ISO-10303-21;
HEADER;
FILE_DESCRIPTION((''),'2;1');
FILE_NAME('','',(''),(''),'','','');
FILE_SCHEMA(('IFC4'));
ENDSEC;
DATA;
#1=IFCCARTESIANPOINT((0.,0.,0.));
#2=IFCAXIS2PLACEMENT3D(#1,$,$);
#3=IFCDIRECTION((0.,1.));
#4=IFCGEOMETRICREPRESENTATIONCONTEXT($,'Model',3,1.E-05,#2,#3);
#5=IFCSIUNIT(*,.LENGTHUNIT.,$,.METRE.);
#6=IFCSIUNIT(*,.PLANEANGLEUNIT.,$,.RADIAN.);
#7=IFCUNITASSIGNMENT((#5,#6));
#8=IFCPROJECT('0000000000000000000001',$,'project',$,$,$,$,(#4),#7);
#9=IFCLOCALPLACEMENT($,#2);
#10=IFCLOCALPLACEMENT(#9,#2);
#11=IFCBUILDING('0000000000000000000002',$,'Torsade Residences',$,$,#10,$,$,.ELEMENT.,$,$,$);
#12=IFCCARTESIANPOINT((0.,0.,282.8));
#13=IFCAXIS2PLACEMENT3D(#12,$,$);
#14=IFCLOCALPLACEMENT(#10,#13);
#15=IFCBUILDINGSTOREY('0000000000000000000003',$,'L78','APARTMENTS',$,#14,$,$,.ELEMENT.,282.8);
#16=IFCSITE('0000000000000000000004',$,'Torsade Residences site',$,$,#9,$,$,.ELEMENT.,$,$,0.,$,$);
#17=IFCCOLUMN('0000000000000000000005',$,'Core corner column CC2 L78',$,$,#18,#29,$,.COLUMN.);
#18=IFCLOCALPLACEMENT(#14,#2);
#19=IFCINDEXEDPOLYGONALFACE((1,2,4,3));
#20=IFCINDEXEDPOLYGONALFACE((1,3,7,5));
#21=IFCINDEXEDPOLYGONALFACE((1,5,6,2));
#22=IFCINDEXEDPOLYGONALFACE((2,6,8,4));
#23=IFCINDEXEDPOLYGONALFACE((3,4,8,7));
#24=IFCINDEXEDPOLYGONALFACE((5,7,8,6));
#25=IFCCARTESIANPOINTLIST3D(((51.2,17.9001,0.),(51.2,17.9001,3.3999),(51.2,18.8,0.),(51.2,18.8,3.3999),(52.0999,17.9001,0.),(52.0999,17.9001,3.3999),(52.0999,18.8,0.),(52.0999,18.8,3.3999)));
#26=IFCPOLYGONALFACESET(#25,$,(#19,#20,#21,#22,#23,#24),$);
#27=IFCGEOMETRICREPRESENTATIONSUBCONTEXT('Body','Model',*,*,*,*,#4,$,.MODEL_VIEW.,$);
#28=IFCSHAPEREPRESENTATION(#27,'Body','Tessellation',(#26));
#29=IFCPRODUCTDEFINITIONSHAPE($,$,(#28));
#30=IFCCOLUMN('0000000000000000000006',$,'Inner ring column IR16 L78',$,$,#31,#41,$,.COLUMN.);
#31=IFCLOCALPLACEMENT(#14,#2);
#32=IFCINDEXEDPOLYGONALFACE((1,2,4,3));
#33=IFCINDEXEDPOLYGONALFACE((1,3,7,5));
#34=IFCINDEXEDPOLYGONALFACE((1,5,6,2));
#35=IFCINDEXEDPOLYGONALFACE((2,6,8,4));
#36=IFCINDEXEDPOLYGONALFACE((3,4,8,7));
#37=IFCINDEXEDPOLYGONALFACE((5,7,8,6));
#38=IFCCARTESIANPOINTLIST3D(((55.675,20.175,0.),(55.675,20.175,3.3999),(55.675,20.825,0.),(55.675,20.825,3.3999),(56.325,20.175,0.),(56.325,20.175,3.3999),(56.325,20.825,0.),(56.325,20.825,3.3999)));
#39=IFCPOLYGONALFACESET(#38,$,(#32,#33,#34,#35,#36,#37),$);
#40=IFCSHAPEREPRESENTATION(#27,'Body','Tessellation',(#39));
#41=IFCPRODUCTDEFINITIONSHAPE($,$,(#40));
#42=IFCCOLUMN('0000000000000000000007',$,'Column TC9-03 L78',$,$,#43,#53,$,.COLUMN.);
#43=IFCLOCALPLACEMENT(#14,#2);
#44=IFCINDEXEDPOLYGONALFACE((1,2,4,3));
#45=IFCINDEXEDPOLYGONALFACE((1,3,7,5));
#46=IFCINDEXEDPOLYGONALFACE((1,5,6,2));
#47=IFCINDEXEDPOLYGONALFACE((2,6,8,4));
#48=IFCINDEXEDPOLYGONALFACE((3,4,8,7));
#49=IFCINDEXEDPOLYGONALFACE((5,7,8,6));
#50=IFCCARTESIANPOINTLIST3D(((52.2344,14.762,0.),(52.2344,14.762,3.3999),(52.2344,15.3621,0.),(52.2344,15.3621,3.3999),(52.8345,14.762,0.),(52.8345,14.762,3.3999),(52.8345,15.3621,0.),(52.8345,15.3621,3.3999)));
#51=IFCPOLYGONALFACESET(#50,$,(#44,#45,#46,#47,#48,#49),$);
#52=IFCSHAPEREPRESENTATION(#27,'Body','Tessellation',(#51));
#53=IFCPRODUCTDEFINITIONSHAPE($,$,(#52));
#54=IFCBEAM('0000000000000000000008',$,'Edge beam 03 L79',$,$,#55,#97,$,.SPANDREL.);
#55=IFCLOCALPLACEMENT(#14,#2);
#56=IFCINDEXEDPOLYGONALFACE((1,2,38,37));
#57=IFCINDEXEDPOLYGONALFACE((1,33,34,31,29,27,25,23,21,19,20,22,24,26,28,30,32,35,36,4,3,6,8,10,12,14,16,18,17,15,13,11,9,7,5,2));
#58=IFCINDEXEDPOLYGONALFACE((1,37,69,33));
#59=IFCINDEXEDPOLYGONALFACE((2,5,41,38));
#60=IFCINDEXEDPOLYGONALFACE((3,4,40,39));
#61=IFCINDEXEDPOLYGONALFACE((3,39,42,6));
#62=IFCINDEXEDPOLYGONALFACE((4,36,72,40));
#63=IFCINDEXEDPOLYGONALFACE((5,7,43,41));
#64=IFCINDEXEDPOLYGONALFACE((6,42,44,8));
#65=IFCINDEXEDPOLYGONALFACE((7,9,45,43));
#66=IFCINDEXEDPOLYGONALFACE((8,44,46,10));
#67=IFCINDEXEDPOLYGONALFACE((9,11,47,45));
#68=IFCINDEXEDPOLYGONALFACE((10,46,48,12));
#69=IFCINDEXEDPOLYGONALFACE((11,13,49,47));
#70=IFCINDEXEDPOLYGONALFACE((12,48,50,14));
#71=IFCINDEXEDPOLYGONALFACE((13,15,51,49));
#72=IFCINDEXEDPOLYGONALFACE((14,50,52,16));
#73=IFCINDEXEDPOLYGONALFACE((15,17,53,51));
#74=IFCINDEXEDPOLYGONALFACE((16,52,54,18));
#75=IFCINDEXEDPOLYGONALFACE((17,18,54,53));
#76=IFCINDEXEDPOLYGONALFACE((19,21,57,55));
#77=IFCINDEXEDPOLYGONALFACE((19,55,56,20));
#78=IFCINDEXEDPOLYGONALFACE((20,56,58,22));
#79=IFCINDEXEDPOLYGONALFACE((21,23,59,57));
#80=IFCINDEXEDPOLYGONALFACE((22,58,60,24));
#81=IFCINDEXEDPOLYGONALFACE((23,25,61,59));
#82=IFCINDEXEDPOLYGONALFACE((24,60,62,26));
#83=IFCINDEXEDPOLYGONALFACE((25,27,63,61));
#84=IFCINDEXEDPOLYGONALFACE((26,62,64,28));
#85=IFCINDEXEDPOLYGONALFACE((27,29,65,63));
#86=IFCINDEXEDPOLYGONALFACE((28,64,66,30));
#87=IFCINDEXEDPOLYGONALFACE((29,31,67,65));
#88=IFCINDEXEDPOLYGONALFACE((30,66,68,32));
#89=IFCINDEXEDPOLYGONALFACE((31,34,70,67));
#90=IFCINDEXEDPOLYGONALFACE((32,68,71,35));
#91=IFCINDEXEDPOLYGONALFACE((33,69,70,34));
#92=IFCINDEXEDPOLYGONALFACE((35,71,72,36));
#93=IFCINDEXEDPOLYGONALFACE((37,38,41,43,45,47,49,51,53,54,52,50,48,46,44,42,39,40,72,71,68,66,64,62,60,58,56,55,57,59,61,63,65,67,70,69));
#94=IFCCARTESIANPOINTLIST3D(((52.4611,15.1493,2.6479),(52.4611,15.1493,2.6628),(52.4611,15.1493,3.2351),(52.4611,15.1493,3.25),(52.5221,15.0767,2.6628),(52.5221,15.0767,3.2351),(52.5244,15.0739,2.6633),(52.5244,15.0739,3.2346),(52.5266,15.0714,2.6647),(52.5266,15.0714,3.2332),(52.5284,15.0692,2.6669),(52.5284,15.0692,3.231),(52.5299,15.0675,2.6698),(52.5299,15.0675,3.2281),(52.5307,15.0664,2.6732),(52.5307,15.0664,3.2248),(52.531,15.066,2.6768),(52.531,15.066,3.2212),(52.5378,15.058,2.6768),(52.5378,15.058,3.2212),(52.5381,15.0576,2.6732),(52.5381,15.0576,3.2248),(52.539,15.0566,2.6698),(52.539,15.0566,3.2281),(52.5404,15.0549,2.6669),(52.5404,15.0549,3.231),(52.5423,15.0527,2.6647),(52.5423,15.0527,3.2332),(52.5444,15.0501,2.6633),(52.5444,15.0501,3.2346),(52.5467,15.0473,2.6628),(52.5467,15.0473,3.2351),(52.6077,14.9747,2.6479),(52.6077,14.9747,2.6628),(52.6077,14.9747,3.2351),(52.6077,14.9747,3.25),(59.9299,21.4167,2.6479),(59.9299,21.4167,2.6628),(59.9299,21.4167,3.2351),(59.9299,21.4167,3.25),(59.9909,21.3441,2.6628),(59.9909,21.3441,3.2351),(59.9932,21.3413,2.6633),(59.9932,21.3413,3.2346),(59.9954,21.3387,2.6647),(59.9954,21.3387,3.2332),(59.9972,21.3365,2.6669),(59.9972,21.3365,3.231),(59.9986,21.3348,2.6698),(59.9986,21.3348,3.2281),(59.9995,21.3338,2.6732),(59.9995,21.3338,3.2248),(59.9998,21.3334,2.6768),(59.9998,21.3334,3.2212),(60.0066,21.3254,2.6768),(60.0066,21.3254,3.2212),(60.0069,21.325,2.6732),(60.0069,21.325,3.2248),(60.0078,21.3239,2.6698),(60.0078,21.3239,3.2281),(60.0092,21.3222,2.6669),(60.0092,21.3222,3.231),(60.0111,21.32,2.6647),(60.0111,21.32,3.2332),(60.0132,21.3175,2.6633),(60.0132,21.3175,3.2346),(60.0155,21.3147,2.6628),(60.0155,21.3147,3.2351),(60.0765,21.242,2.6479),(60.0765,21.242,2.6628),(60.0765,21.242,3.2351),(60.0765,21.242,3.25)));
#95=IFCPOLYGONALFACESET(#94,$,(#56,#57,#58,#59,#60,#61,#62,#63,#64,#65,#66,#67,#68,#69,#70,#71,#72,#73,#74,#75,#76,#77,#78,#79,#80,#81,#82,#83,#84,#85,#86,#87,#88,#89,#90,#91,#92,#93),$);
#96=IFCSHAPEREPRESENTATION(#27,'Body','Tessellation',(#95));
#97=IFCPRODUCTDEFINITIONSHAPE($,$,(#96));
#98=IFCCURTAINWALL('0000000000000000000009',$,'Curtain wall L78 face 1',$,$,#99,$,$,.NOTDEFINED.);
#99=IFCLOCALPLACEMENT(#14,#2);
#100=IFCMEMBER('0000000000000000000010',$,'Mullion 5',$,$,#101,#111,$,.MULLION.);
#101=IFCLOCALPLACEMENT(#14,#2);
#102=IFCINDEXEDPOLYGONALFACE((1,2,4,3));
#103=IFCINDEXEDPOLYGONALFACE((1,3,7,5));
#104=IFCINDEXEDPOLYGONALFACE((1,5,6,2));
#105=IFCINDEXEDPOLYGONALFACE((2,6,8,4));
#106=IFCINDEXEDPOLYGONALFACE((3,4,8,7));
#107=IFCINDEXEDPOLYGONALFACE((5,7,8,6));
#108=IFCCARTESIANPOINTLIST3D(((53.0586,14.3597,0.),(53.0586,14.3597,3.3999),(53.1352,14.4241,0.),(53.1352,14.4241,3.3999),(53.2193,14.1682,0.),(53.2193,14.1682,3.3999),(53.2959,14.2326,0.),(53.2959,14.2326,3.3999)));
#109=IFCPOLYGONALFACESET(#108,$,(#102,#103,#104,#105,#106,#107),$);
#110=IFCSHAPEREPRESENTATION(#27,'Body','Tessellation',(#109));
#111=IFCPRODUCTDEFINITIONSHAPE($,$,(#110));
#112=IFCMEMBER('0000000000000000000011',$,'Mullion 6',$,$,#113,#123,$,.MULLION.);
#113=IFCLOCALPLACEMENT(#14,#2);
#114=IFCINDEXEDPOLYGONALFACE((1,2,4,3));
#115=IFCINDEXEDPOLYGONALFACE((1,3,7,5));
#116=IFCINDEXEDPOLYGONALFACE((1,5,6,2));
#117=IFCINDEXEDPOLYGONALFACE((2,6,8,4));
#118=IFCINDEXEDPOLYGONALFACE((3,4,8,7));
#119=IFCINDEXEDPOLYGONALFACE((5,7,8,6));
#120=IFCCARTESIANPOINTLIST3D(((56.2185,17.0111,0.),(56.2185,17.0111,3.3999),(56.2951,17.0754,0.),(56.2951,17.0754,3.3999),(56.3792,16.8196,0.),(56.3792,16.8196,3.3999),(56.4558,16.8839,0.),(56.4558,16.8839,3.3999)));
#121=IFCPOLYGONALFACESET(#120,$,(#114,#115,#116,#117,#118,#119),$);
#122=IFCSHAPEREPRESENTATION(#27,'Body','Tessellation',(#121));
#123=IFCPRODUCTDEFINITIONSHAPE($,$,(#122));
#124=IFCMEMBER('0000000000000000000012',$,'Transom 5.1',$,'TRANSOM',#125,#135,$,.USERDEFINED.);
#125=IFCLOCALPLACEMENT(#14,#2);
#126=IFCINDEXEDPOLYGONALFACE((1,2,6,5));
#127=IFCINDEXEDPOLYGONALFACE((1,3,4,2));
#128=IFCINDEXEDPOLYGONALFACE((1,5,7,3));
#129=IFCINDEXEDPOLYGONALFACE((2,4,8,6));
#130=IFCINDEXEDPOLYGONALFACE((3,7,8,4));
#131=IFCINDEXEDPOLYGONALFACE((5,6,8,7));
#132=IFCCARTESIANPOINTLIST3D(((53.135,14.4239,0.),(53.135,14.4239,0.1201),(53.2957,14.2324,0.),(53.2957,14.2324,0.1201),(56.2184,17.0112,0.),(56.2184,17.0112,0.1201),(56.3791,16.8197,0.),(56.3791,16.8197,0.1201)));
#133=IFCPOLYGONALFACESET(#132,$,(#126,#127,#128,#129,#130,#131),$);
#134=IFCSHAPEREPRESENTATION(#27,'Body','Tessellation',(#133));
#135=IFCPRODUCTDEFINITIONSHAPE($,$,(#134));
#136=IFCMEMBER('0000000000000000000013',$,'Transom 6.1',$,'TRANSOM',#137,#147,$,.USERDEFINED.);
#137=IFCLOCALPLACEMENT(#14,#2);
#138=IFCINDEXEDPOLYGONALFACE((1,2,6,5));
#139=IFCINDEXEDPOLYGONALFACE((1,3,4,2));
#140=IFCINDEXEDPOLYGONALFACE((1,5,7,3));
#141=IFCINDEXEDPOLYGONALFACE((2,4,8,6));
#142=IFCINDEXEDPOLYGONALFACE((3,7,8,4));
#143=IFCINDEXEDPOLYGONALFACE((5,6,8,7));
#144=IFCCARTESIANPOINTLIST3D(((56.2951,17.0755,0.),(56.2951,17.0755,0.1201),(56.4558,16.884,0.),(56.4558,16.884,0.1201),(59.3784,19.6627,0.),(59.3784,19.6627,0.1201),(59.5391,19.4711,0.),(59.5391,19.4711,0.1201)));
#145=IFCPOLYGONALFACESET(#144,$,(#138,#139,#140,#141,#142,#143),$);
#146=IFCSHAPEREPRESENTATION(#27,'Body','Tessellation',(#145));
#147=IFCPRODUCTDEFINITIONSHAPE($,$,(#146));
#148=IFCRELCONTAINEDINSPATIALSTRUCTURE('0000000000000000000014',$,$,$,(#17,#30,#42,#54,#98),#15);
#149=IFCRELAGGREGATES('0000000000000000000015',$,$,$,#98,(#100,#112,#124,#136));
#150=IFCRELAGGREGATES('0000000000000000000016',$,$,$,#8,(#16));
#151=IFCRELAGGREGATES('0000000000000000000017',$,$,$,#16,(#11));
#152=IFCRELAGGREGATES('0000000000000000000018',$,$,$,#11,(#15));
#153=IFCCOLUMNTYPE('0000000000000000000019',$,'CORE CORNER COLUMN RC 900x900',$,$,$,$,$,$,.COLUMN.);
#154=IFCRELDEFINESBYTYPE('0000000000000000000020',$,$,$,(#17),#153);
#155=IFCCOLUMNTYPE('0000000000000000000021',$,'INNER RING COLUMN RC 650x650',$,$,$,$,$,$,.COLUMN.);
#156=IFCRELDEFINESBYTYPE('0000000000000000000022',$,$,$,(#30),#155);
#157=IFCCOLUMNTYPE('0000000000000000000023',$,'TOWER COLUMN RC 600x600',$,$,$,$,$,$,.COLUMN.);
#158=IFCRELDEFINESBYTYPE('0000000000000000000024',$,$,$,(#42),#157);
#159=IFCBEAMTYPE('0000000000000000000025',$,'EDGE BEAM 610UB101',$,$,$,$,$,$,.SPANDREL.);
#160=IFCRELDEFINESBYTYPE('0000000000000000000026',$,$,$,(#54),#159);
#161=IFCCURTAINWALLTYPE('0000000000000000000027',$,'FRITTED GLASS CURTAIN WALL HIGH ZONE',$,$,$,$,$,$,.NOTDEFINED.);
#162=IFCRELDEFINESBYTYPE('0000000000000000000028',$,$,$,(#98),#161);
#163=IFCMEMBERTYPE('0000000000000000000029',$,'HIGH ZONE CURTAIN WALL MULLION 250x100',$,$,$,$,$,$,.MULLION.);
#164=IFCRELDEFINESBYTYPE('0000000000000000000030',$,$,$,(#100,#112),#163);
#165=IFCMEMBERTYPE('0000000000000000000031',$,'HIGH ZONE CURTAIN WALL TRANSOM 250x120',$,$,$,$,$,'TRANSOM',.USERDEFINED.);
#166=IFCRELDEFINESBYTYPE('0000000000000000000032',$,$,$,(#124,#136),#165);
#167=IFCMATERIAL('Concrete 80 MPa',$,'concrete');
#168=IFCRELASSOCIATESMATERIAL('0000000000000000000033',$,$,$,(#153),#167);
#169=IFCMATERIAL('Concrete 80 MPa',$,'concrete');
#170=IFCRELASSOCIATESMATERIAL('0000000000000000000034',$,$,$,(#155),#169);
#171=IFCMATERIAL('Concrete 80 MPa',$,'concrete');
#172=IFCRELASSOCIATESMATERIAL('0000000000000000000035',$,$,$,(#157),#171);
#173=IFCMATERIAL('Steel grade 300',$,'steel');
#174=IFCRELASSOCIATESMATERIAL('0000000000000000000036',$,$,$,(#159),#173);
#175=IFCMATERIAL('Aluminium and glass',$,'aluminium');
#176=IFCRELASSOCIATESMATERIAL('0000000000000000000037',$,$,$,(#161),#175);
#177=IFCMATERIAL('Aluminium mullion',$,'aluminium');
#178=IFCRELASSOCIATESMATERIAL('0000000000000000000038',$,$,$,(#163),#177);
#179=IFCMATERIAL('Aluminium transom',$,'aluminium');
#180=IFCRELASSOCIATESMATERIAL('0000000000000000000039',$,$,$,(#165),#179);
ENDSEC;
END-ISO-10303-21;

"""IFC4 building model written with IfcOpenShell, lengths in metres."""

from ifc_helpers import new_model, si_unit, direction, frame, origin, origin_2d, place, context, subcontext, project, spatial, rectangle, i_section, extrude, material, material_profile, profile_set, type_object, element, aggregate, save


model = new_model("IFC4")

# Units and contexts
model_context = context("Model", 3, precision=1e-05, world=origin(), true_north=direction((0.0, 1.0)))
body_context = subcontext(model_context, "Body", "Model", "MODEL_VIEW")
ifc_project = project(units=[si_unit("LENGTHUNIT", "METRE"), si_unit("PLANEANGLEUNIT", "RADIAN")], contexts=[model_context])

# Site, building, storey
site_placement = place(None, origin())
site = spatial("IfcSite", under=ifc_project, at=site_placement, Name="Torsade Residences site", CompositionType="ELEMENT", RefElevation=0.0)
building_placement = place(site_placement, origin())
building = spatial("IfcBuilding", under=site, at=building_placement, Name="Torsade Residences", CompositionType="ELEMENT")
storey_placement = place(building_placement, frame((0.0, 0.0, 282.8)))
storey = spatial("IfcBuildingStorey", under=building, at=storey_placement, Name="L78", Description="APARTMENTS", CompositionType="ELEMENT", Elevation=282.8)

# Columns
ifc_material_1 = material(Name="Concrete 80 MPa", Category="concrete")
ifc_material_profile_1 = material_profile(ifc_material_1, rectangle(XDim=0.8999, YDim=0.8999, at=origin_2d()), Name="RC 900x900")
ifc_profile_set_1 = profile_set([ifc_material_profile_1], Name="Concrete 80 MPa")
column_type_1 = type_object("IfcColumnType", Name="CORE CORNER COLUMN RC 900x900", PredefinedType="COLUMN", material=ifc_profile_set_1)
column_1_placement = place(storey_placement, frame((51.6499, 18.3501, 0.0), z_axis=(0.0, 0.0, 1.0), x_axis=(1.0, 0.0, 0.0)))
element("IfcColumn", 1, at=column_1_placement, inside=storey, type_object=column_type_1, Name="Core corner column CC2 L78", PredefinedType="COLUMN", context=body_context, shape_type="SweptSolid", body=[
    extrude(rectangle(XDim=0.8999, YDim=0.8999, at=origin_2d()), origin(), (0.0, 0.0, 1.0), 3.3999),
])
ifc_material_2 = material(Name="Concrete 80 MPa", Category="concrete")
ifc_material_profile_2 = material_profile(ifc_material_2, rectangle(XDim=0.6499, YDim=0.6499, at=origin_2d()), Name="RC 650x650")
ifc_profile_set_2 = profile_set([ifc_material_profile_2], Name="Concrete 80 MPa")
column_type_2 = type_object("IfcColumnType", Name="INNER RING COLUMN RC 650x650", PredefinedType="COLUMN", material=ifc_profile_set_2)
column_2_placement = place(storey_placement, frame((56.0, 20.5, 0.0), z_axis=(0.0, 0.0, 1.0), x_axis=(1.0, 0.0, 0.0)))
element("IfcColumn", 2, at=column_2_placement, inside=storey, type_object=column_type_2, Name="Inner ring column IR16 L78", PredefinedType="COLUMN", context=body_context, shape_type="SweptSolid", body=[
    extrude(rectangle(XDim=0.6499, YDim=0.6499, at=origin_2d()), origin(), (0.0, 0.0, 1.0), 3.3999),
])
ifc_material_3 = material(Name="Concrete 80 MPa", Category="concrete")
ifc_material_profile_3 = material_profile(ifc_material_3, rectangle(XDim=0.6001, YDim=0.6001, at=origin_2d()), Name="RC 600x600")
ifc_profile_set_3 = profile_set([ifc_material_profile_3], Name="Concrete 80 MPa")
column_type_3 = type_object("IfcColumnType", Name="TOWER COLUMN RC 600x600", PredefinedType="COLUMN", material=ifc_profile_set_3)
column_3_placement = place(storey_placement, frame((52.5344, 15.062, 0.0), z_axis=(0.0, 0.0, 1.0), x_axis=(1.0, 0.0, 0.0)))
element("IfcColumn", 3, at=column_3_placement, inside=storey, type_object=column_type_3, Name="Column TC9-03 L78", PredefinedType="COLUMN", context=body_context, shape_type="SweptSolid", body=[
    extrude(rectangle(XDim=0.6001, YDim=0.6001, at=origin_2d()), origin(), (0.0, 0.0, 1.0), 3.3999),
])

# Beam
ifc_material_4 = material(Name="Steel grade 300", Category="steel")
ifc_material_profile_4 = material_profile(ifc_material_4, i_section(OverallWidth=0.228, OverallDepth=0.6021, WebThickness=0.0105, FlangeThickness=0.0149, FilletRadius=0.0139, at=origin_2d()), Name="610UB101")
ifc_profile_set_4 = profile_set([ifc_material_profile_4], Name="Steel grade 300")
beam_type_1 = type_object("IfcBeamType", Name="EDGE BEAM 610UB101", PredefinedType="SPANDREL", material=ifc_profile_set_4)
beam_1_placement = place(storey_placement, frame((52.5344, 15.062, 2.949), z_axis=(0.766029, 0.642806, 0.0), x_axis=(-0.642806, 0.766029, 0.0)))
element("IfcBeam", 4, at=beam_1_placement, inside=storey, type_object=beam_type_1, Name="Edge beam 03 L79", PredefinedType="SPANDREL", context=body_context, shape_type="SweptSolid", body=[
    extrude(i_section(OverallWidth=0.228, OverallDepth=0.6021, WebThickness=0.0105, FlangeThickness=0.0149, FilletRadius=0.0139, at=origin_2d()), origin(), (0.0, 0.0, 1.0), 9.75),
])

# Curtain wall, members
ifc_material_5 = material(Name="Aluminium and glass", Category="aluminium")
curtain_wall_type = type_object("IfcCurtainWallType", Name="FRITTED GLASS CURTAIN WALL HIGH ZONE", PredefinedType="NOTDEFINED", material=ifc_material_5)
curtain_wall_placement = place(storey_placement, origin())
curtain_wall = element("IfcCurtainWall", 5, at=curtain_wall_placement, inside=storey, type_object=curtain_wall_type, Name="Curtain wall L78 face 1", PredefinedType="NOTDEFINED")
ifc_material_6 = material(Name="Aluminium mullion", Category="aluminium")
ifc_material_profile_5 = material_profile(ifc_material_6, rectangle(XDim=0.25, YDim=0.1001, at=origin_2d()), Name="HIGH ZONE CURTAIN WALL MULLION 250x100")
ifc_profile_set_5 = profile_set([ifc_material_profile_5], Name="Aluminium mullion")
member_type_1 = type_object("IfcMemberType", Name="HIGH ZONE CURTAIN WALL MULLION 250x100", PredefinedType="MULLION", material=ifc_profile_set_5)
member_1_placement = place(storey_placement, frame((53.1772, 14.2961, 0.0), z_axis=(0.0, 0.0, 1.0), x_axis=(-0.642788, 0.766044, 0.0)))
member_1 = element("IfcMember", 6, at=member_1_placement, type_object=member_type_1, Name="Mullion 5", PredefinedType="MULLION", context=body_context, shape_type="SweptSolid", body=[
    extrude(rectangle(XDim=0.25, YDim=0.1001, at=origin_2d()), origin(), (0.0, 0.0, 1.0), 3.3999),
])
member_2_placement = place(storey_placement, frame((56.3372, 16.9475, 0.0), z_axis=(0.0, 0.0, 1.0), x_axis=(-0.642788, 0.766044, 0.0)))
member_2 = element("IfcMember", 7, at=member_2_placement, type_object=member_type_1, Name="Mullion 6", PredefinedType="MULLION", context=body_context, shape_type="SweptSolid", body=[
    extrude(rectangle(XDim=0.25, YDim=0.1001, at=origin_2d()), origin(), (0.0, 0.0, 1.0), 3.3999),
])
ifc_material_7 = material(Name="Aluminium transom", Category="aluminium")
ifc_material_profile_6 = material_profile(ifc_material_7, rectangle(XDim=0.25, YDim=0.1201, at=origin_2d()), Name="HIGH ZONE CURTAIN WALL TRANSOM 250x120")
ifc_profile_set_6 = profile_set([ifc_material_profile_6], Name="Aluminium transom")
member_type_2 = type_object("IfcMemberType", Name="HIGH ZONE CURTAIN WALL TRANSOM 250x120", ElementType="TRANSOM", PredefinedType="USERDEFINED", material=ifc_profile_set_6)
member_3_placement = place(storey_placement, frame((53.2153, 14.3281, 0.0601), z_axis=(0.766039, 0.642794, 0.0), x_axis=(-0.642794, 0.766039, 0.0)))
member_3 = element("IfcMember", 8, at=member_3_placement, type_object=member_type_2, Name="Transom 5.1", ObjectType="TRANSOM", PredefinedType="USERDEFINED", context=body_context, shape_type="SweptSolid", body=[
    extrude(rectangle(XDim=0.25, YDim=0.1201, at=origin_2d()), origin(), (0.0, 0.0, 1.0), 4.0251),
])
member_4_placement = place(storey_placement, frame((56.3755, 16.9797, 0.0601), z_axis=(0.766044, 0.642788, 0.0), x_axis=(-0.642788, 0.766044, 0.0)))
member_4 = element("IfcMember", 9, at=member_4_placement, type_object=member_type_2, Name="Transom 6.1", ObjectType="TRANSOM", PredefinedType="USERDEFINED", context=body_context, shape_type="SweptSolid", body=[
    extrude(rectangle(XDim=0.25, YDim=0.1201, at=origin_2d()), origin(), (0.0, 0.0, 1.0), 4.0249),
])

aggregate(curtain_wall, [member_1, member_2, member_3, member_4])

save(model, "model.ifc")
